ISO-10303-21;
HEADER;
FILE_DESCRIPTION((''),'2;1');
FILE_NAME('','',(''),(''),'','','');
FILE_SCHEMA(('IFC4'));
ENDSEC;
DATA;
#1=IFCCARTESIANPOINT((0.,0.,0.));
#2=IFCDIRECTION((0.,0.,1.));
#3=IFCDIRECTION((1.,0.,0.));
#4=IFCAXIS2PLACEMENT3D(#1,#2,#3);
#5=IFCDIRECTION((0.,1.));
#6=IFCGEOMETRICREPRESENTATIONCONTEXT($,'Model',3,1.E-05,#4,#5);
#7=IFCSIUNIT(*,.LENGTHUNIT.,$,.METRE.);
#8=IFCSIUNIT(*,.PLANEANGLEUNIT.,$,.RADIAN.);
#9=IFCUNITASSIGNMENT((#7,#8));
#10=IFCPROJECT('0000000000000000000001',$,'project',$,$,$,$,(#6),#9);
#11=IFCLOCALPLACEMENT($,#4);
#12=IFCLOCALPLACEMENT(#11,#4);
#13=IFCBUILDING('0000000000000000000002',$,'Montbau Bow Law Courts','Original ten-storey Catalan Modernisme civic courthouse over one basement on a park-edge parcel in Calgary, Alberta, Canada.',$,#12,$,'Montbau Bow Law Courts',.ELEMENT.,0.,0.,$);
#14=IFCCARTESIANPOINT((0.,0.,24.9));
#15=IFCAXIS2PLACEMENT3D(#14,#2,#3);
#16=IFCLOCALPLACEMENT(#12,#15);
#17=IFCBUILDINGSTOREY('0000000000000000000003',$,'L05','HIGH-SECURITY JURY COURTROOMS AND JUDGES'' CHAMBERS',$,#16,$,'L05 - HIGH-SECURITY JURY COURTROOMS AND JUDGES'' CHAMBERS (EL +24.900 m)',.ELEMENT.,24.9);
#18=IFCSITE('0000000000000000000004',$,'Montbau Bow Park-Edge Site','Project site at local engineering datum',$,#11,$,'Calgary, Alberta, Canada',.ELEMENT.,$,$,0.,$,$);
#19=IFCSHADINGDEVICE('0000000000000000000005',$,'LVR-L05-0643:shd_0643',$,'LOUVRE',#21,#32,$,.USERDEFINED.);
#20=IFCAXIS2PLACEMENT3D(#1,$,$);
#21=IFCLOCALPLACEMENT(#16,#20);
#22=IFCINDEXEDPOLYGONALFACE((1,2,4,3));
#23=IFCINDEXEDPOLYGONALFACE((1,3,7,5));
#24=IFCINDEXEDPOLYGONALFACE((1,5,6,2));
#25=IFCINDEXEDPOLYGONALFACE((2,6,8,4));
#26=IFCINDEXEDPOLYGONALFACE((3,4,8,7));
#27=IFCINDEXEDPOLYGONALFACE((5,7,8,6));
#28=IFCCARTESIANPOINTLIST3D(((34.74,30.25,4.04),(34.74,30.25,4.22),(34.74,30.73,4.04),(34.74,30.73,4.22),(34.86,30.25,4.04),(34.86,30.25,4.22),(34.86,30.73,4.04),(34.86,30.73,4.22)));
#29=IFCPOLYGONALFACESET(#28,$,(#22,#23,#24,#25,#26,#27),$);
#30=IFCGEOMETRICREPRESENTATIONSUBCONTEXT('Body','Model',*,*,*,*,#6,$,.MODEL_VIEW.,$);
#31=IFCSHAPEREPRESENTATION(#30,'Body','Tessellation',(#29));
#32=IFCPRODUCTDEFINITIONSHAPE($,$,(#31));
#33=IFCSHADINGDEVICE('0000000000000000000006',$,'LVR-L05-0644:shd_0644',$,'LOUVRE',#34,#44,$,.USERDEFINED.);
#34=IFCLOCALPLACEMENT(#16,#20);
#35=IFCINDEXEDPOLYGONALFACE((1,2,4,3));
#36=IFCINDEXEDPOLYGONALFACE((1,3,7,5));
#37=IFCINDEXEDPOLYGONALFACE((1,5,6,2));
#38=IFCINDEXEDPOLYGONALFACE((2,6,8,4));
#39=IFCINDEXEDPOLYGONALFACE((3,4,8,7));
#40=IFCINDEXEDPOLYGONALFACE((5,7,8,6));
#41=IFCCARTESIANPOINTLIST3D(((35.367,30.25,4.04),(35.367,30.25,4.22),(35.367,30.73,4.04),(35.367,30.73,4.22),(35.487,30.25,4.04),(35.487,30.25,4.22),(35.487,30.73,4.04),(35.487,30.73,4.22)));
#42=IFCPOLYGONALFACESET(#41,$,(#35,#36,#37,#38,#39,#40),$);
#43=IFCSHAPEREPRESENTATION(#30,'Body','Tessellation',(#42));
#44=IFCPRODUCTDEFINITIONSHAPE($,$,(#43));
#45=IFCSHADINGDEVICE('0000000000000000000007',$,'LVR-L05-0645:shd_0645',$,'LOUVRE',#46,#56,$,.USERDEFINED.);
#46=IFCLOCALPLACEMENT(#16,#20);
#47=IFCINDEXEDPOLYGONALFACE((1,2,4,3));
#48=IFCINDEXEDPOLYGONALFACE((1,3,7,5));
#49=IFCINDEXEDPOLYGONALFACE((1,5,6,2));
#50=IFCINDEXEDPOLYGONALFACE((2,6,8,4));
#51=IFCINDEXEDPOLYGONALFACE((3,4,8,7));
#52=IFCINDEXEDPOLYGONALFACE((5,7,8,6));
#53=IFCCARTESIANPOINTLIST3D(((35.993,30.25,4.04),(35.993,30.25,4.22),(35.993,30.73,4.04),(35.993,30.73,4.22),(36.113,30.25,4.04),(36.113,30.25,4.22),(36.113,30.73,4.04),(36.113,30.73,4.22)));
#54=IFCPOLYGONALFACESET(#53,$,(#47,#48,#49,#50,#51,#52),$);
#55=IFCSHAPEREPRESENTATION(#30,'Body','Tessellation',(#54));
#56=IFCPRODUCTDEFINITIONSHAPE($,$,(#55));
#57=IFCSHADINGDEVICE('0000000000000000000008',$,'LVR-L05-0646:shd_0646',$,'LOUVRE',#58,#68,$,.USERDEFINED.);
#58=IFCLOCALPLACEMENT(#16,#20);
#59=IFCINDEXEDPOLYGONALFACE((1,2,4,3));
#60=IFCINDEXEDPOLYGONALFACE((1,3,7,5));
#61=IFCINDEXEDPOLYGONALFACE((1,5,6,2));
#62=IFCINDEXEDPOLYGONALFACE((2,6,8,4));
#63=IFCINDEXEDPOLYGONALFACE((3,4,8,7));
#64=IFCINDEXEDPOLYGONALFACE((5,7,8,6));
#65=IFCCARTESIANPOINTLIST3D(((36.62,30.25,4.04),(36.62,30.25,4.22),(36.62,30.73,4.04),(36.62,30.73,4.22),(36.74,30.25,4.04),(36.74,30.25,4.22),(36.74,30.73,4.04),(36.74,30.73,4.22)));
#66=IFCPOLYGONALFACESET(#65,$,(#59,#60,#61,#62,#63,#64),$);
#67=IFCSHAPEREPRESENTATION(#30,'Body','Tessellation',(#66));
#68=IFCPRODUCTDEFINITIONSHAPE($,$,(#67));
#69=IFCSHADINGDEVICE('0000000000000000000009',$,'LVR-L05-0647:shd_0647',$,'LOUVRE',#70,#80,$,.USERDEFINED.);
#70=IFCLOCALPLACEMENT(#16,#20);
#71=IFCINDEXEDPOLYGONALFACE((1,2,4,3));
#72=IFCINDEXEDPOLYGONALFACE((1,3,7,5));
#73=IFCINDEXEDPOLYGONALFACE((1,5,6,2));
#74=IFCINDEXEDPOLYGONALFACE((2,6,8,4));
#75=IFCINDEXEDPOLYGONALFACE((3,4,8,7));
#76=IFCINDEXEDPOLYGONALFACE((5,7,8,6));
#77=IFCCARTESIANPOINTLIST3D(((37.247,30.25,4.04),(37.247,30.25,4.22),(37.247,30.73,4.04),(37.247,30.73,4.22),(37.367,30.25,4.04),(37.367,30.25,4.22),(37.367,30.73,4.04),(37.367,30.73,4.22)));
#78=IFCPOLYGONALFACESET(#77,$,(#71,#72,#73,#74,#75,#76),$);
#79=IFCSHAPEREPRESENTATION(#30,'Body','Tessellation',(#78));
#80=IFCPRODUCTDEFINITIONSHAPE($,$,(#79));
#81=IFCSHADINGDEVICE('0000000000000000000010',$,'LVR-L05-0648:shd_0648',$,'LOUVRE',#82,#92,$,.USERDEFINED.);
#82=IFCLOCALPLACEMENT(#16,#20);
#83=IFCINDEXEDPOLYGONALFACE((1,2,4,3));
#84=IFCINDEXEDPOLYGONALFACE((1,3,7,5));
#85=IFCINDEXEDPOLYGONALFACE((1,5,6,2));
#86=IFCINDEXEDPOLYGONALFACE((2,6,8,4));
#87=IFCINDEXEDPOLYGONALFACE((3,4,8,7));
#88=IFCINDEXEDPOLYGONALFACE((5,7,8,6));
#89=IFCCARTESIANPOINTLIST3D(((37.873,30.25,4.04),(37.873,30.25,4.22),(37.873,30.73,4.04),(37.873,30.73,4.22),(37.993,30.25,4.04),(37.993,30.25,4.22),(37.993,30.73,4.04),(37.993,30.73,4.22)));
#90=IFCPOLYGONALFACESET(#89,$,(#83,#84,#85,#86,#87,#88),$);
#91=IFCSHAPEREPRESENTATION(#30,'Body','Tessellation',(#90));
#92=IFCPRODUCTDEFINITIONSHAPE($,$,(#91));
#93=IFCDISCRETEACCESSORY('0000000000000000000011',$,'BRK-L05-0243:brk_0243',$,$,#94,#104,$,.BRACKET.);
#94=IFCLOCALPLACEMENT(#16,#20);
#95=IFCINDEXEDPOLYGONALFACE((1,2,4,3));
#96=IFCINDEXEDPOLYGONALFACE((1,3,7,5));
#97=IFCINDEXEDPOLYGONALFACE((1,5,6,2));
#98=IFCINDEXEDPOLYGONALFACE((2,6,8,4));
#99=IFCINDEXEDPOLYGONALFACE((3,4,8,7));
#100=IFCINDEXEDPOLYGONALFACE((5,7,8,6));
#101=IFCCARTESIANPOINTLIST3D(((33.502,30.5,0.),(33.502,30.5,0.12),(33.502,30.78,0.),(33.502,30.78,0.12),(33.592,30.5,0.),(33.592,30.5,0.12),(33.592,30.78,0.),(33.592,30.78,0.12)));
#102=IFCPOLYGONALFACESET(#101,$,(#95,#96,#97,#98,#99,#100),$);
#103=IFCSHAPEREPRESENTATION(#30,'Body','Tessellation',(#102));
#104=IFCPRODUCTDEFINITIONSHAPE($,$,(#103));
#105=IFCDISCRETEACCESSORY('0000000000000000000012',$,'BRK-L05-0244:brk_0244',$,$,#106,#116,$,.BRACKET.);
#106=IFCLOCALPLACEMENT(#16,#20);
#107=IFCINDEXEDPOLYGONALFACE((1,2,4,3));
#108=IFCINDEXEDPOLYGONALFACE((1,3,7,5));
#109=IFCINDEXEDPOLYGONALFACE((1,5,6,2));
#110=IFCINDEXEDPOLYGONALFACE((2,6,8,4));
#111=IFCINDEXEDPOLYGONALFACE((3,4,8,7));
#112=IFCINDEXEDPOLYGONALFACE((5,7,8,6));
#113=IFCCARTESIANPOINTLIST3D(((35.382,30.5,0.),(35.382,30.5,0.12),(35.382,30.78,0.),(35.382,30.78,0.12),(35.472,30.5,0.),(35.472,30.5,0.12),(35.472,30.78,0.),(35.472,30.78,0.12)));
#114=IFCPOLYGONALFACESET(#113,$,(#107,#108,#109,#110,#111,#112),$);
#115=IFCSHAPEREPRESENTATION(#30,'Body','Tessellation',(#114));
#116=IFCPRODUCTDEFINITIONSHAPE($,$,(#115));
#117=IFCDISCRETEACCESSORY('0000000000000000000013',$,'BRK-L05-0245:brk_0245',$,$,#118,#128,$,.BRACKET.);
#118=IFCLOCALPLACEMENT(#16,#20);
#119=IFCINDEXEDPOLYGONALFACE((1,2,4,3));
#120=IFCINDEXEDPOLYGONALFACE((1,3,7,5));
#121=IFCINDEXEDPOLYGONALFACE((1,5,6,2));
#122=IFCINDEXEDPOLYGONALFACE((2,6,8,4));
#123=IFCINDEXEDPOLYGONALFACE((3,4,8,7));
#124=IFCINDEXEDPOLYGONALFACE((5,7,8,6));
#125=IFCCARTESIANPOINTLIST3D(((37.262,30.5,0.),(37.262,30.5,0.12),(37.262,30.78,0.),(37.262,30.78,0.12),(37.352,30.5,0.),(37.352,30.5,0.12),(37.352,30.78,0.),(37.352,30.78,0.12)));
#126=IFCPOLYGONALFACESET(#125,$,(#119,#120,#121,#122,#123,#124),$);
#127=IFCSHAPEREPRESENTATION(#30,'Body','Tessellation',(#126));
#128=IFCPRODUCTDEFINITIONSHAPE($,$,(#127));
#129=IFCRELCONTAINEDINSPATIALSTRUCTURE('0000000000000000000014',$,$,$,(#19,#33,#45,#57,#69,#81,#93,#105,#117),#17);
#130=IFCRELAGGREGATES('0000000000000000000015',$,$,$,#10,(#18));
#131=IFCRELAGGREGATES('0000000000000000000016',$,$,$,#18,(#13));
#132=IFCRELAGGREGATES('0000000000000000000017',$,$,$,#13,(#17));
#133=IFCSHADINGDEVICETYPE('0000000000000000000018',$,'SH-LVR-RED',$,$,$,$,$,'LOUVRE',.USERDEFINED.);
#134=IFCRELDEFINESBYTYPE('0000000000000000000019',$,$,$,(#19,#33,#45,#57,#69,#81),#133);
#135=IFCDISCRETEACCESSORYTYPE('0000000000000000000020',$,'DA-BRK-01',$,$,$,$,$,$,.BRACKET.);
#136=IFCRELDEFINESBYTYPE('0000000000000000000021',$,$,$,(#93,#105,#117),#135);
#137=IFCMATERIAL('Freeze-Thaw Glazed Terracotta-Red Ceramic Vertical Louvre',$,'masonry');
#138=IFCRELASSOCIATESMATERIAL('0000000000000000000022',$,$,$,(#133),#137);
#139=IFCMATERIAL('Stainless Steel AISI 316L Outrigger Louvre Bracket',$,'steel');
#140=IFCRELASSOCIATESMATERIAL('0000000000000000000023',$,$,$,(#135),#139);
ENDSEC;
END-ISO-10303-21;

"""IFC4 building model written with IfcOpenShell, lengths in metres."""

from ifc_helpers import new_model, si_unit, direction, frame, origin_with_axes, origin_2d_with_axis, place, context, subcontext, project, spatial, rectangle, extrude, material, type_object, element, save


model = new_model("IFC4")

# Units and contexts
model_context = context("Model", 3, precision=1e-05, world=origin_with_axes(), true_north=direction((0.0, 1.0)))
body_context = subcontext(model_context, "Body", "Model", "MODEL_VIEW")
ifc_project = project(units=[si_unit("LENGTHUNIT", "METRE"), si_unit("PLANEANGLEUNIT", "RADIAN")], contexts=[model_context])

# Site, building, storey
site_placement = place(None, origin_with_axes())
site = spatial("IfcSite", under=ifc_project, at=site_placement, Name="Montbau Bow Park-Edge Site", Description="Project site at local engineering datum", LongName="Calgary, Alberta, Canada", CompositionType="ELEMENT", RefElevation=0.0)
building_placement = place(site_placement, origin_with_axes())
building = spatial("IfcBuilding", under=site, at=building_placement, Name="Montbau Bow Law Courts", Description="Original ten-storey Catalan Modernisme civic courthouse over one basement on a park-edge parcel in Calgary, Alberta, Canada.", LongName="Montbau Bow Law Courts", CompositionType="ELEMENT", ElevationOfRefHeight=0.0, ElevationOfTerrain=0.0)
storey_placement = place(building_placement, frame((0.0, 0.0, 24.9), z_axis=(0.0, 0.0, 1.0), x_axis=(1.0, 0.0, 0.0)))
storey = spatial("IfcBuildingStorey", under=building, at=storey_placement, Name="L05", Description="HIGH-SECURITY JURY COURTROOMS AND JUDGES' CHAMBERS", LongName="L05 - HIGH-SECURITY JURY COURTROOMS AND JUDGES' CHAMBERS (EL +24.900 m)", CompositionType="ELEMENT", Elevation=24.9)

# Shared definitions
ifc_material_1 = material(Name="Freeze-Thaw Glazed Terracotta-Red Ceramic Vertical Louvre", Category="masonry")

# Shading devices
shading_device_type = type_object("IfcShadingDeviceType", Name="SH-LVR-RED", ElementType="LOUVRE", PredefinedType="USERDEFINED", material=ifc_material_1)
for number, where, z_axis, x_axis, name in (
    (1, (34.8, 30.49, 28.94), (0.0, 0.0, 1.0), (0.0, -1.0, 0.0), "LVR-L05-0643:shd_0643"),
    (2, (35.427, 30.49, 28.94), (0.0, 0.0, 1.0), (0.0, -1.0, 0.0), "LVR-L05-0644:shd_0644"),
    (3, (36.053, 30.49, 28.94), (0.0, 0.0, 1.0), (0.0, -1.0, 0.0), "LVR-L05-0645:shd_0645"),
    (4, (36.68, 30.49, 28.94), (0.0, 0.0, 1.0), (0.0, -1.0, 0.0), "LVR-L05-0646:shd_0646"),
    (5, (37.307, 30.49, 28.94), (0.0, 0.0, 1.0), (0.0, -1.0, 0.0), "LVR-L05-0647:shd_0647"),
    (6, (37.933, 30.49, 28.94), (0.0, 0.0, 1.0), (0.0, -1.0, 0.0), "LVR-L05-0648:shd_0648"),
):
    element("IfcShadingDevice", number, at=place(None, frame(where, z_axis=z_axis, x_axis=x_axis)), inside=storey, type_object=shading_device_type, Name=name, ObjectType="LOUVRE", PredefinedType="USERDEFINED", context=body_context, shape_type="SweptSolid", body=[
        extrude(rectangle(XDim=0.48, YDim=0.12, at=origin_2d_with_axis()), origin_with_axes(), (0.0, 0.0, 1.0), 0.18),
    ])

# Discrete accessories
ifc_material_2 = material(Name="Stainless Steel AISI 316L Outrigger Louvre Bracket", Category="steel")
discrete_accessory_type = type_object("IfcDiscreteAccessoryType", Name="DA-BRK-01", PredefinedType="BRACKET", material=ifc_material_2)
for number, where, z_axis, x_axis, name in (
    (7, (33.547, 30.64, 24.9), (0.0, 0.0, 1.0), (0.0, -1.0, 0.0), "BRK-L05-0243:brk_0243"),
    (8, (35.427, 30.64, 24.9), (0.0, 0.0, 1.0), (0.0, -1.0, 0.0), "BRK-L05-0244:brk_0244"),
    (9, (37.307, 30.64, 24.9), (0.0, 0.0, 1.0), (0.0, -1.0, 0.0), "BRK-L05-0245:brk_0245"),
):
    element("IfcDiscreteAccessory", number, at=place(None, frame(where, z_axis=z_axis, x_axis=x_axis)), inside=storey, type_object=discrete_accessory_type, Name=name, PredefinedType="BRACKET", context=body_context, shape_type="SweptSolid", body=[
        extrude(rectangle(XDim=0.28, YDim=0.09, at=origin_2d_with_axis()), origin_with_axes(), (0.0, 0.0, 1.0), 0.12),
    ])

save(model, "model.ifc")
